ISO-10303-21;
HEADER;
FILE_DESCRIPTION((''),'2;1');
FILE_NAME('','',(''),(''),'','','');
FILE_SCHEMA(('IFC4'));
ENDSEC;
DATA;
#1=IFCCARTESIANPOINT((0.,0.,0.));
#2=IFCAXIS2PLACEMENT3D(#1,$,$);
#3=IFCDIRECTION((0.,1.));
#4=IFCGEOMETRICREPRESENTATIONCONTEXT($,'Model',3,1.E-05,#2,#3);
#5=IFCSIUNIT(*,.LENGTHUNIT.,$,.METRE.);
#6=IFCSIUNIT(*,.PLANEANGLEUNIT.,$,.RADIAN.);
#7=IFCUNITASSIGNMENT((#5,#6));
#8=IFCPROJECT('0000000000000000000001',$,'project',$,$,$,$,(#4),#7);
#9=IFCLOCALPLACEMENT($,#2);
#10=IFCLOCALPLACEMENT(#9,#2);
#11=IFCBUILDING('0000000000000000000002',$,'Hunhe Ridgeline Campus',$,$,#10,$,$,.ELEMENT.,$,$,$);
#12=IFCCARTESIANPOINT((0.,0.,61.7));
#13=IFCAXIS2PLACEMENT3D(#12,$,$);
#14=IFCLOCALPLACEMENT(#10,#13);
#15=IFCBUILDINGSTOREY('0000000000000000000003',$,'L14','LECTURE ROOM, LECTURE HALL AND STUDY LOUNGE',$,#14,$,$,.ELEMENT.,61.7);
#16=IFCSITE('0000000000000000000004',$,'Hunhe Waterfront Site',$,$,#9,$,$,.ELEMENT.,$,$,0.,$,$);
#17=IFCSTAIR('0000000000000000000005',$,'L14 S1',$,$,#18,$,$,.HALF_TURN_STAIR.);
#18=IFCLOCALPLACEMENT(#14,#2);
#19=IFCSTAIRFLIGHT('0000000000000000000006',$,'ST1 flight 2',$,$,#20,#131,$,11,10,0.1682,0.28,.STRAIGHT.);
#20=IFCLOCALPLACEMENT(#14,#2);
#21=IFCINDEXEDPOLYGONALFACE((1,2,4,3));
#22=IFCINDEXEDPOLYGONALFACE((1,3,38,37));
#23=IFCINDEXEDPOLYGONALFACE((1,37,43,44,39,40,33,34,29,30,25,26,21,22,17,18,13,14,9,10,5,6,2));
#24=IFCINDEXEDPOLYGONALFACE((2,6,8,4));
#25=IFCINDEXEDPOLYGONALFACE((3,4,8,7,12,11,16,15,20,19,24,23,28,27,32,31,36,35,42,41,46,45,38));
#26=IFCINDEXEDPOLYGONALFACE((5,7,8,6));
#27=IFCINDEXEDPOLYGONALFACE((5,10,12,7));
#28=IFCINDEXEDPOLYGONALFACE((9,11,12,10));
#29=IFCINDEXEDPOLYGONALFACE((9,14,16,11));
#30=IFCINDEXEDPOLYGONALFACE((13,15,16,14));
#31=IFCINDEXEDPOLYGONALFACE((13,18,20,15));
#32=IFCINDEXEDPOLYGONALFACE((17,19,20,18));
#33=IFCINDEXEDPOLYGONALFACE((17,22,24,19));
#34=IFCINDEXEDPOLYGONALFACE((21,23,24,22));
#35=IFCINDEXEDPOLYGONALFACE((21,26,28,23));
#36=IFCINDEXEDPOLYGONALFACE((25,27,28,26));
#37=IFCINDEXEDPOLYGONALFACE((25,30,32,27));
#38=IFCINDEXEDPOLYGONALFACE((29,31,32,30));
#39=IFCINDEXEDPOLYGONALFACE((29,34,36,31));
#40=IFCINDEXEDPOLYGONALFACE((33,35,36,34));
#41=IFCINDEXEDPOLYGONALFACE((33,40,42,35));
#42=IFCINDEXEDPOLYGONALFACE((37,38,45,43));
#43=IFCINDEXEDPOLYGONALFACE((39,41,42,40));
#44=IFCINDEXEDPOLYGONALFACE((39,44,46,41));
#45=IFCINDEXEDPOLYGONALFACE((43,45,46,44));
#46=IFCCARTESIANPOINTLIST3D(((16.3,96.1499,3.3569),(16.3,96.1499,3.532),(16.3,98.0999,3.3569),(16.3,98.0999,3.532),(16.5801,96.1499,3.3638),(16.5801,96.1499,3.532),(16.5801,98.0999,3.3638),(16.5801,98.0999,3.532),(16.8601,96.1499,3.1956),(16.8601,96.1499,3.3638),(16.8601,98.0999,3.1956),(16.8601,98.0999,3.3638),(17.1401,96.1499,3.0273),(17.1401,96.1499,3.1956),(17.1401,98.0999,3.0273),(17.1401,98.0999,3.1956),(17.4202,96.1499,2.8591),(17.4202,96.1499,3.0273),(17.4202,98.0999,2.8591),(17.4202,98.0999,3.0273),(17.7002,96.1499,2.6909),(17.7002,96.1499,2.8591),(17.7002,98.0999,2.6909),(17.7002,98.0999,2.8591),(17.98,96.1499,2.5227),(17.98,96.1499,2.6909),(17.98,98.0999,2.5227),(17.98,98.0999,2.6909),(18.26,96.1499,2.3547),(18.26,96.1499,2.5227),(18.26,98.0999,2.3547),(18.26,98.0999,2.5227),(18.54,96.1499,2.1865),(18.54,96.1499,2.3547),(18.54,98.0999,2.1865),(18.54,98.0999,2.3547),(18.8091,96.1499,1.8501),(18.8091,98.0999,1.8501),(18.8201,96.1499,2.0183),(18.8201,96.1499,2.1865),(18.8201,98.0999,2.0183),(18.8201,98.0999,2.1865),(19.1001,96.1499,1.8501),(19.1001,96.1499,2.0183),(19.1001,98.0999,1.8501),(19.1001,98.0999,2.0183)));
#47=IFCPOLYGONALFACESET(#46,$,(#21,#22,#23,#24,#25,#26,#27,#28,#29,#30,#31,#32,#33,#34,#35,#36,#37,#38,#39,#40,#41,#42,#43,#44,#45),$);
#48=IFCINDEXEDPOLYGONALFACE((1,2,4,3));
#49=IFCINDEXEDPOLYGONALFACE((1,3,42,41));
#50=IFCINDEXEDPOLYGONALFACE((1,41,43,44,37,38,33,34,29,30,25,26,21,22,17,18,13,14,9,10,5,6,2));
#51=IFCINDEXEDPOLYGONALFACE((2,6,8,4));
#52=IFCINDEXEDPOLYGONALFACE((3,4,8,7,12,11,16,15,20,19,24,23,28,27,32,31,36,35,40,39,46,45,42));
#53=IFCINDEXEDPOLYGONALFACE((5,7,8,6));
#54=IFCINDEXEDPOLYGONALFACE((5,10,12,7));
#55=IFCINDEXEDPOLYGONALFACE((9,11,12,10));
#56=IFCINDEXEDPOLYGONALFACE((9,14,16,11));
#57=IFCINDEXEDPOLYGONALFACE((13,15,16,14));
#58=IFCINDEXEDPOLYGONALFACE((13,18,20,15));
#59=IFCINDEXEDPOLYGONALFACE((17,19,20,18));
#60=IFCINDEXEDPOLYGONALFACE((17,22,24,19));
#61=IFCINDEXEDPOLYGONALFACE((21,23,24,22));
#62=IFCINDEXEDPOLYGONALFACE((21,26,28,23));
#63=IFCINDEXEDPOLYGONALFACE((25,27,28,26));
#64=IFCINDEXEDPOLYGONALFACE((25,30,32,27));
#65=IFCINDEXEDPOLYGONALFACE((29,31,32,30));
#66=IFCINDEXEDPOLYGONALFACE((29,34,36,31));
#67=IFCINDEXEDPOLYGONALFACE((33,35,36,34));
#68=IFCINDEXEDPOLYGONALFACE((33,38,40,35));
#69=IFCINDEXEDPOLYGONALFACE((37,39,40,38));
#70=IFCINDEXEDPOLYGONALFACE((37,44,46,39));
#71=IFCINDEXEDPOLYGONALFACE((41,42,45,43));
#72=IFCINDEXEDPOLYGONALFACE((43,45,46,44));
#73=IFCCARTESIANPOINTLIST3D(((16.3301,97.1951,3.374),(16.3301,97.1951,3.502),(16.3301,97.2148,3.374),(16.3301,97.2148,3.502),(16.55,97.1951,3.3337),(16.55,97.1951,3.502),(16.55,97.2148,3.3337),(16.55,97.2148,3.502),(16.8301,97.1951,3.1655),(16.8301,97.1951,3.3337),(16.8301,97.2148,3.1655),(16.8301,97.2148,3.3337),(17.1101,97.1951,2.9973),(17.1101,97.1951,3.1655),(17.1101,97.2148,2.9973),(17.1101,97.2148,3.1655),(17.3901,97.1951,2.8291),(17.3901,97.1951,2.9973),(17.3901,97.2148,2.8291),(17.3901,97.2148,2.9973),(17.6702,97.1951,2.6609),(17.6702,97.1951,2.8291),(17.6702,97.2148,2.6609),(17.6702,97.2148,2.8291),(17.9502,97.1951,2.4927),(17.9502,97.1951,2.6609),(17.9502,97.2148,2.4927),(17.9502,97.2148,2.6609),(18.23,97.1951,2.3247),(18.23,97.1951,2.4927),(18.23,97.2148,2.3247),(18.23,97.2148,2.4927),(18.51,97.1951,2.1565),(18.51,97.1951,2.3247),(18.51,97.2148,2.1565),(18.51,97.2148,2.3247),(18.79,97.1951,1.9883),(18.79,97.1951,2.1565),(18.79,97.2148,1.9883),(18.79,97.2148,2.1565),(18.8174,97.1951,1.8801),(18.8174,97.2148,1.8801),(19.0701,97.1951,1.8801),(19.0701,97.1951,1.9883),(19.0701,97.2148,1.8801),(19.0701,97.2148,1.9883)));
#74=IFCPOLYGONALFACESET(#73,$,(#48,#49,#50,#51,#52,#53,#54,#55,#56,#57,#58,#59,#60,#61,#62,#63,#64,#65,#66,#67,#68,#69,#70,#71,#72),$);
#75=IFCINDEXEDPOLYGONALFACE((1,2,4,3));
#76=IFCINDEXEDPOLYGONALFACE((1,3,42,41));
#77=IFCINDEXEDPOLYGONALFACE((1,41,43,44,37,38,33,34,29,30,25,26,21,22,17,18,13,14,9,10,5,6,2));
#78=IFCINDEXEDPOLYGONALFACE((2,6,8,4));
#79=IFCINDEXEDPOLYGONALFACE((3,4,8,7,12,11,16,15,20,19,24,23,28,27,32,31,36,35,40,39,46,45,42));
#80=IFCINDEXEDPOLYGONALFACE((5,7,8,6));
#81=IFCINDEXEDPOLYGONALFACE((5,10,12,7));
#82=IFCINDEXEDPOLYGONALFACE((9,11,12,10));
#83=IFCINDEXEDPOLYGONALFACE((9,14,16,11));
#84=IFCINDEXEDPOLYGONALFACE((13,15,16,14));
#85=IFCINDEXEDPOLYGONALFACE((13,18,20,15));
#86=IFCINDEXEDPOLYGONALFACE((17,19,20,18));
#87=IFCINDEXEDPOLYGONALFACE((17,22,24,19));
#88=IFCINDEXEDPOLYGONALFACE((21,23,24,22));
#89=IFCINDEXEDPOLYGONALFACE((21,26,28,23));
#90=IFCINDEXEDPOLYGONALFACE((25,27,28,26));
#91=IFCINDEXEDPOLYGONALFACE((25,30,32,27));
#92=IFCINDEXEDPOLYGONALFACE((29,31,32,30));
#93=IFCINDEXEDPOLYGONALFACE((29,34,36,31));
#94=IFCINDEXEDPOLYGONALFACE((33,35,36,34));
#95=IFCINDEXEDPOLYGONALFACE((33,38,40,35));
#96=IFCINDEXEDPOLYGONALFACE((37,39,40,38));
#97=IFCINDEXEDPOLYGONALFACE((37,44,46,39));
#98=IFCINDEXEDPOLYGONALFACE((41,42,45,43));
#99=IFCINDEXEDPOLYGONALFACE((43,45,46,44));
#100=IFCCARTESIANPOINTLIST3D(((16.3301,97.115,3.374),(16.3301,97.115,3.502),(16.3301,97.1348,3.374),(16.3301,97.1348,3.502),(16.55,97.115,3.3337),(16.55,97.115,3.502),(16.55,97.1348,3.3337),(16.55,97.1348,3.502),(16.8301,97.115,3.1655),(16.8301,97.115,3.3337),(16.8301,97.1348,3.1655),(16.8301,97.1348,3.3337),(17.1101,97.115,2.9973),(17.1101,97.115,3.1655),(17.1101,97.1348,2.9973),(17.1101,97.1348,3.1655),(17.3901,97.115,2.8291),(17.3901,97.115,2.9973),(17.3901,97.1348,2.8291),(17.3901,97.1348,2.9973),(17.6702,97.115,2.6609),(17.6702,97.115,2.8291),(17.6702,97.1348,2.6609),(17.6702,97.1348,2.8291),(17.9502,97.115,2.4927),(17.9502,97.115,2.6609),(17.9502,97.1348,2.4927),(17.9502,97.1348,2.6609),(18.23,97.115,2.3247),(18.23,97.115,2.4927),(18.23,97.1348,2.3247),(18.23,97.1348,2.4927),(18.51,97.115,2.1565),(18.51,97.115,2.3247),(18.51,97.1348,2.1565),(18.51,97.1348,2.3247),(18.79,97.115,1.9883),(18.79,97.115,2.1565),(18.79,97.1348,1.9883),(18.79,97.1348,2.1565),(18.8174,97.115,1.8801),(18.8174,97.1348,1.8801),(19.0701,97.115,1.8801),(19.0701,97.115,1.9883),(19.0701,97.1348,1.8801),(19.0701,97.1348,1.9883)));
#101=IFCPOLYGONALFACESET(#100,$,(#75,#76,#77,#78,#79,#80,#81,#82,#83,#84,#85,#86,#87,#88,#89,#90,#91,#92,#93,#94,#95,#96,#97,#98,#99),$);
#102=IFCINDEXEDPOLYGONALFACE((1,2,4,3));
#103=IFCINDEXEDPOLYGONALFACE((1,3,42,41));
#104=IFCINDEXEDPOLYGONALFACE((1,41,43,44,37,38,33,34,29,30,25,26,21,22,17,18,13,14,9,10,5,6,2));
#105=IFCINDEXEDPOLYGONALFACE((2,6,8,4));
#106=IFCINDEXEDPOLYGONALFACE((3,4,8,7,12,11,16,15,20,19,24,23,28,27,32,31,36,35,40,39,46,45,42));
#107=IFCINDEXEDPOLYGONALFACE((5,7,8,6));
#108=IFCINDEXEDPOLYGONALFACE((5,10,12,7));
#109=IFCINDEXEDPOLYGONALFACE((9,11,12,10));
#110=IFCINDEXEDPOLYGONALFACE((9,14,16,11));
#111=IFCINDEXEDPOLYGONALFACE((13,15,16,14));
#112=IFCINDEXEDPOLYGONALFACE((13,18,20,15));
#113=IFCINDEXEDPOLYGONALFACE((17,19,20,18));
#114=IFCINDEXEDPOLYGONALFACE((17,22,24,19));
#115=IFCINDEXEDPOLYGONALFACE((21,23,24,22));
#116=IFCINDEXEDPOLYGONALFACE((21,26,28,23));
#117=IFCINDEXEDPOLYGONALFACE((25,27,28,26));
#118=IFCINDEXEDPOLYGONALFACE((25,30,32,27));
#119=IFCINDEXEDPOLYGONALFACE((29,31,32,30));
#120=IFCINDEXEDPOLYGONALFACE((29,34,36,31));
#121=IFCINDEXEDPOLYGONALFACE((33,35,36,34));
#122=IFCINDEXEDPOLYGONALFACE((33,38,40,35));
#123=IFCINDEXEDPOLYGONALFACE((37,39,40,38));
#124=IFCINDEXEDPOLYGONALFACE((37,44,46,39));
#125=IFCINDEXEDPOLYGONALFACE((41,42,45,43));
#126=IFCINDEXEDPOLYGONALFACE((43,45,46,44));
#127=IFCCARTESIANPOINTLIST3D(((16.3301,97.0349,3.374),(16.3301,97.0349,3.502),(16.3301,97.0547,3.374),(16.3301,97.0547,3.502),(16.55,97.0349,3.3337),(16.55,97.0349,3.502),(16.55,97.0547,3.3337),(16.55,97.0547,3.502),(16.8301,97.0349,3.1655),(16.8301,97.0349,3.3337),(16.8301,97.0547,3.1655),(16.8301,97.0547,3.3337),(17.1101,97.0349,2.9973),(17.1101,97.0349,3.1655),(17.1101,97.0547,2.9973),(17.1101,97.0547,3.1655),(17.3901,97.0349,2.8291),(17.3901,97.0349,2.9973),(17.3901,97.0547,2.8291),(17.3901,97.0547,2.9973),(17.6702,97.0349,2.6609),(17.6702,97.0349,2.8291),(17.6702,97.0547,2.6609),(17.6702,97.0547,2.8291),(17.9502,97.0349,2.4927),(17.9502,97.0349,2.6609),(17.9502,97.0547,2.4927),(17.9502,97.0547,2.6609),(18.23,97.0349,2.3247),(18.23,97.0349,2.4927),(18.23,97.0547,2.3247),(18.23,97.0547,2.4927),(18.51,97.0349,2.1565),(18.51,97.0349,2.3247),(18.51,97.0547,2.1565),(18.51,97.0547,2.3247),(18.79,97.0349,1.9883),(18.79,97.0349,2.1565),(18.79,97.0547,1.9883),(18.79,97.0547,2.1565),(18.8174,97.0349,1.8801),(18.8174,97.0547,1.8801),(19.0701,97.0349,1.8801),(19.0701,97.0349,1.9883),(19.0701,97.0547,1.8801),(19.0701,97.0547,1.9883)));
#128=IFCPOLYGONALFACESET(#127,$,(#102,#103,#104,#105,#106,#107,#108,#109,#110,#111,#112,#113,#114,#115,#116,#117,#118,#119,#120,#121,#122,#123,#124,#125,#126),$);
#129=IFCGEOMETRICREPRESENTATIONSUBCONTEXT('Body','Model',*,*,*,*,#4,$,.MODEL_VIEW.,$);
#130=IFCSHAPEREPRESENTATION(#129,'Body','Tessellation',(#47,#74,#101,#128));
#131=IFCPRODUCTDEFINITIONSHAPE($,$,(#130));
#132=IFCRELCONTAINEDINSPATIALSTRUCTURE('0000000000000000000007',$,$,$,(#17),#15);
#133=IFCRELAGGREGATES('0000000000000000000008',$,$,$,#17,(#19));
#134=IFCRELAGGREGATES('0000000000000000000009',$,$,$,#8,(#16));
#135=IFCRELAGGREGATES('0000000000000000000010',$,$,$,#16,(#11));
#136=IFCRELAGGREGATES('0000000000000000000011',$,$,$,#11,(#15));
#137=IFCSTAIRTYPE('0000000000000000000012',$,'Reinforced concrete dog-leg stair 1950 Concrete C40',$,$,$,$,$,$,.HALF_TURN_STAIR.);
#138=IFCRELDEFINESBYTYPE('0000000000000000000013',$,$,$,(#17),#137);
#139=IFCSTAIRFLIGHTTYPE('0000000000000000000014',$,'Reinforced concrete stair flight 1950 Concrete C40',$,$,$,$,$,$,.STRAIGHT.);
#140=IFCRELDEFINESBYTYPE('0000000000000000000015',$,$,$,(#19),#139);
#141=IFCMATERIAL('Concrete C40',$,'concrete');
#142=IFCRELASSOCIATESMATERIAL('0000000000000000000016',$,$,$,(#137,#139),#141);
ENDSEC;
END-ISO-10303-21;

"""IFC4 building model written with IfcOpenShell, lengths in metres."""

from ifc_helpers import new_model, si_unit, direction, frame, origin, place, context, subcontext, project, spatial, polyline, outline, extrude, material, type_object, element, aggregate, save


model = new_model("IFC4")

# Units and contexts
model_context = context("Model", 3, precision=1e-05, world=origin(), true_north=direction((0.0, 1.0)))
body_context = subcontext(model_context, "Body", "Model", "MODEL_VIEW")
ifc_project = project(units=[si_unit("LENGTHUNIT", "METRE"), si_unit("PLANEANGLEUNIT", "RADIAN")], contexts=[model_context])

# Site, building, storey
site_placement = place(None, origin())
site = spatial("IfcSite", under=ifc_project, at=site_placement, Name="Hunhe Waterfront Site", CompositionType="ELEMENT", RefElevation=0.0)
building_placement = place(site_placement, origin())
building = spatial("IfcBuilding", under=site, at=building_placement, Name="Hunhe Ridgeline Campus", CompositionType="ELEMENT")
storey_placement = place(building_placement, frame((0.0, 0.0, 61.7)))
storey = spatial("IfcBuildingStorey", under=building, at=storey_placement, Name="L14", Description="LECTURE ROOM, LECTURE HALL AND STUDY LOUNGE", CompositionType="ELEMENT", Elevation=61.7)

# Stair, stair flight
ifc_material_1 = material(Name="Concrete C40", Category="concrete")
stair_type = type_object("IfcStairType", Name="Reinforced concrete dog-leg stair 1950 Concrete C40", PredefinedType="HALF_TURN_STAIR", material=ifc_material_1)
stair_placement = place(storey_placement, origin())
stair = element("IfcStair", 1, at=stair_placement, inside=storey, type_object=stair_type, Name="L14 S1", PredefinedType="HALF_TURN_STAIR")
stair_flight_type = type_object("IfcStairFlightType", Name="Reinforced concrete stair flight 1950 Concrete C40", PredefinedType="STRAIGHT", material=ifc_material_1)
stair_flight_1_placement = place(storey_placement, frame((19.1001, 97.125, 1.8501), z_axis=(0.0, 0.0, 1.0), x_axis=(-1.0, 0.0, 0.0)))
stair_flight_1 = element("IfcStairFlight", 2, at=stair_flight_1_placement, type_object=stair_flight_type, Name="ST1 flight 2", NumberOfRisers=11, NumberOfTreads=10, PredefinedType="STRAIGHT", RiserHeight=0.1682, TreadLength=0.28, context=body_context, shape_type="SweptSolid", body=[
    extrude(outline(polyline([(0.0, 0.0), (0.0, 0.1682), (0.28, 0.1682), (0.28, 0.3364), (0.5601, 0.3364), (0.5601, 0.5046), (0.8401, 0.5046), (0.8401, 0.6726), (1.1201, 0.6726), (1.1201, 0.8408), (1.3999, 0.8408), (1.3999, 1.009), (1.6799, 1.009), (1.6799, 1.1772), (1.96, 1.1772), (1.96, 1.3455), (2.24, 1.3455), (2.24, 1.5137), (2.52, 1.5137), (2.52, 1.6819), (2.8, 1.6819), (2.8, 1.8501), (2.8, 1.5068), (0.291, 0.0), (0.0, 0.0)])), frame((0.0, 0.9751, 0.0), z_axis=(0.0, -1.0, 0.0), x_axis=(1.0, 0.0, 0.0)), (0.0, 0.0, 1.0), 1.95),
    extrude(outline(polyline([(0.03, 0.03), (0.03, 0.1382), (0.3101, 0.1382), (0.3101, 0.3064), (0.5901, 0.3064), (0.5901, 0.4746), (0.8701, 0.4746), (0.8701, 0.6426), (1.1499, 0.6426), (1.1499, 0.8108), (1.4299, 0.8108), (1.4299, 0.979), (1.71, 0.979), (1.71, 1.1472), (1.99, 1.1472), (1.99, 1.3154), (2.27, 1.3154), (2.27, 1.4836), (2.55, 1.4836), (2.55, 1.6519), (2.77, 1.6519), (2.77, 1.5239), (0.2827, 0.03), (0.03, 0.03)])), frame((0.0, -0.0701, 0.0), z_axis=(0.0, -1.0, 0.0), x_axis=(1.0, 0.0, 0.0)), (0.0, 0.0, 1.0), 0.0198),
    extrude(outline(polyline([(0.03, 0.03), (0.03, 0.1382), (0.3101, 0.1382), (0.3101, 0.3064), (0.5901, 0.3064), (0.5901, 0.4746), (0.8701, 0.4746), (0.8701, 0.6426), (1.1499, 0.6426), (1.1499, 0.8108), (1.4299, 0.8108), (1.4299, 0.979), (1.71, 0.979), (1.71, 1.1472), (1.99, 1.1472), (1.99, 1.3154), (2.27, 1.3154), (2.27, 1.4836), (2.55, 1.4836), (2.55, 1.6519), (2.77, 1.6519), (2.77, 1.5239), (0.2827, 0.03), (0.03, 0.03)])), frame((0.0, 0.01, 0.0), z_axis=(0.0, -1.0, 0.0), x_axis=(1.0, 0.0, 0.0)), (0.0, 0.0, 1.0), 0.0198),
    extrude(outline(polyline([(0.03, 0.03), (0.03, 0.1382), (0.3101, 0.1382), (0.3101, 0.3064), (0.5901, 0.3064), (0.5901, 0.4746), (0.8701, 0.4746), (0.8701, 0.6426), (1.1499, 0.6426), (1.1499, 0.8108), (1.4299, 0.8108), (1.4299, 0.979), (1.71, 0.979), (1.71, 1.1472), (1.99, 1.1472), (1.99, 1.3154), (2.27, 1.3154), (2.27, 1.4836), (2.55, 1.4836), (2.55, 1.6519), (2.77, 1.6519), (2.77, 1.5239), (0.2827, 0.03), (0.03, 0.03)])), frame((0.0, 0.0901, 0.0), z_axis=(0.0, -1.0, 0.0), x_axis=(1.0, 0.0, 0.0)), (0.0, 0.0, 1.0), 0.0198),
])
aggregate(stair, [stair_flight_1])

save(model, "model.ifc")
